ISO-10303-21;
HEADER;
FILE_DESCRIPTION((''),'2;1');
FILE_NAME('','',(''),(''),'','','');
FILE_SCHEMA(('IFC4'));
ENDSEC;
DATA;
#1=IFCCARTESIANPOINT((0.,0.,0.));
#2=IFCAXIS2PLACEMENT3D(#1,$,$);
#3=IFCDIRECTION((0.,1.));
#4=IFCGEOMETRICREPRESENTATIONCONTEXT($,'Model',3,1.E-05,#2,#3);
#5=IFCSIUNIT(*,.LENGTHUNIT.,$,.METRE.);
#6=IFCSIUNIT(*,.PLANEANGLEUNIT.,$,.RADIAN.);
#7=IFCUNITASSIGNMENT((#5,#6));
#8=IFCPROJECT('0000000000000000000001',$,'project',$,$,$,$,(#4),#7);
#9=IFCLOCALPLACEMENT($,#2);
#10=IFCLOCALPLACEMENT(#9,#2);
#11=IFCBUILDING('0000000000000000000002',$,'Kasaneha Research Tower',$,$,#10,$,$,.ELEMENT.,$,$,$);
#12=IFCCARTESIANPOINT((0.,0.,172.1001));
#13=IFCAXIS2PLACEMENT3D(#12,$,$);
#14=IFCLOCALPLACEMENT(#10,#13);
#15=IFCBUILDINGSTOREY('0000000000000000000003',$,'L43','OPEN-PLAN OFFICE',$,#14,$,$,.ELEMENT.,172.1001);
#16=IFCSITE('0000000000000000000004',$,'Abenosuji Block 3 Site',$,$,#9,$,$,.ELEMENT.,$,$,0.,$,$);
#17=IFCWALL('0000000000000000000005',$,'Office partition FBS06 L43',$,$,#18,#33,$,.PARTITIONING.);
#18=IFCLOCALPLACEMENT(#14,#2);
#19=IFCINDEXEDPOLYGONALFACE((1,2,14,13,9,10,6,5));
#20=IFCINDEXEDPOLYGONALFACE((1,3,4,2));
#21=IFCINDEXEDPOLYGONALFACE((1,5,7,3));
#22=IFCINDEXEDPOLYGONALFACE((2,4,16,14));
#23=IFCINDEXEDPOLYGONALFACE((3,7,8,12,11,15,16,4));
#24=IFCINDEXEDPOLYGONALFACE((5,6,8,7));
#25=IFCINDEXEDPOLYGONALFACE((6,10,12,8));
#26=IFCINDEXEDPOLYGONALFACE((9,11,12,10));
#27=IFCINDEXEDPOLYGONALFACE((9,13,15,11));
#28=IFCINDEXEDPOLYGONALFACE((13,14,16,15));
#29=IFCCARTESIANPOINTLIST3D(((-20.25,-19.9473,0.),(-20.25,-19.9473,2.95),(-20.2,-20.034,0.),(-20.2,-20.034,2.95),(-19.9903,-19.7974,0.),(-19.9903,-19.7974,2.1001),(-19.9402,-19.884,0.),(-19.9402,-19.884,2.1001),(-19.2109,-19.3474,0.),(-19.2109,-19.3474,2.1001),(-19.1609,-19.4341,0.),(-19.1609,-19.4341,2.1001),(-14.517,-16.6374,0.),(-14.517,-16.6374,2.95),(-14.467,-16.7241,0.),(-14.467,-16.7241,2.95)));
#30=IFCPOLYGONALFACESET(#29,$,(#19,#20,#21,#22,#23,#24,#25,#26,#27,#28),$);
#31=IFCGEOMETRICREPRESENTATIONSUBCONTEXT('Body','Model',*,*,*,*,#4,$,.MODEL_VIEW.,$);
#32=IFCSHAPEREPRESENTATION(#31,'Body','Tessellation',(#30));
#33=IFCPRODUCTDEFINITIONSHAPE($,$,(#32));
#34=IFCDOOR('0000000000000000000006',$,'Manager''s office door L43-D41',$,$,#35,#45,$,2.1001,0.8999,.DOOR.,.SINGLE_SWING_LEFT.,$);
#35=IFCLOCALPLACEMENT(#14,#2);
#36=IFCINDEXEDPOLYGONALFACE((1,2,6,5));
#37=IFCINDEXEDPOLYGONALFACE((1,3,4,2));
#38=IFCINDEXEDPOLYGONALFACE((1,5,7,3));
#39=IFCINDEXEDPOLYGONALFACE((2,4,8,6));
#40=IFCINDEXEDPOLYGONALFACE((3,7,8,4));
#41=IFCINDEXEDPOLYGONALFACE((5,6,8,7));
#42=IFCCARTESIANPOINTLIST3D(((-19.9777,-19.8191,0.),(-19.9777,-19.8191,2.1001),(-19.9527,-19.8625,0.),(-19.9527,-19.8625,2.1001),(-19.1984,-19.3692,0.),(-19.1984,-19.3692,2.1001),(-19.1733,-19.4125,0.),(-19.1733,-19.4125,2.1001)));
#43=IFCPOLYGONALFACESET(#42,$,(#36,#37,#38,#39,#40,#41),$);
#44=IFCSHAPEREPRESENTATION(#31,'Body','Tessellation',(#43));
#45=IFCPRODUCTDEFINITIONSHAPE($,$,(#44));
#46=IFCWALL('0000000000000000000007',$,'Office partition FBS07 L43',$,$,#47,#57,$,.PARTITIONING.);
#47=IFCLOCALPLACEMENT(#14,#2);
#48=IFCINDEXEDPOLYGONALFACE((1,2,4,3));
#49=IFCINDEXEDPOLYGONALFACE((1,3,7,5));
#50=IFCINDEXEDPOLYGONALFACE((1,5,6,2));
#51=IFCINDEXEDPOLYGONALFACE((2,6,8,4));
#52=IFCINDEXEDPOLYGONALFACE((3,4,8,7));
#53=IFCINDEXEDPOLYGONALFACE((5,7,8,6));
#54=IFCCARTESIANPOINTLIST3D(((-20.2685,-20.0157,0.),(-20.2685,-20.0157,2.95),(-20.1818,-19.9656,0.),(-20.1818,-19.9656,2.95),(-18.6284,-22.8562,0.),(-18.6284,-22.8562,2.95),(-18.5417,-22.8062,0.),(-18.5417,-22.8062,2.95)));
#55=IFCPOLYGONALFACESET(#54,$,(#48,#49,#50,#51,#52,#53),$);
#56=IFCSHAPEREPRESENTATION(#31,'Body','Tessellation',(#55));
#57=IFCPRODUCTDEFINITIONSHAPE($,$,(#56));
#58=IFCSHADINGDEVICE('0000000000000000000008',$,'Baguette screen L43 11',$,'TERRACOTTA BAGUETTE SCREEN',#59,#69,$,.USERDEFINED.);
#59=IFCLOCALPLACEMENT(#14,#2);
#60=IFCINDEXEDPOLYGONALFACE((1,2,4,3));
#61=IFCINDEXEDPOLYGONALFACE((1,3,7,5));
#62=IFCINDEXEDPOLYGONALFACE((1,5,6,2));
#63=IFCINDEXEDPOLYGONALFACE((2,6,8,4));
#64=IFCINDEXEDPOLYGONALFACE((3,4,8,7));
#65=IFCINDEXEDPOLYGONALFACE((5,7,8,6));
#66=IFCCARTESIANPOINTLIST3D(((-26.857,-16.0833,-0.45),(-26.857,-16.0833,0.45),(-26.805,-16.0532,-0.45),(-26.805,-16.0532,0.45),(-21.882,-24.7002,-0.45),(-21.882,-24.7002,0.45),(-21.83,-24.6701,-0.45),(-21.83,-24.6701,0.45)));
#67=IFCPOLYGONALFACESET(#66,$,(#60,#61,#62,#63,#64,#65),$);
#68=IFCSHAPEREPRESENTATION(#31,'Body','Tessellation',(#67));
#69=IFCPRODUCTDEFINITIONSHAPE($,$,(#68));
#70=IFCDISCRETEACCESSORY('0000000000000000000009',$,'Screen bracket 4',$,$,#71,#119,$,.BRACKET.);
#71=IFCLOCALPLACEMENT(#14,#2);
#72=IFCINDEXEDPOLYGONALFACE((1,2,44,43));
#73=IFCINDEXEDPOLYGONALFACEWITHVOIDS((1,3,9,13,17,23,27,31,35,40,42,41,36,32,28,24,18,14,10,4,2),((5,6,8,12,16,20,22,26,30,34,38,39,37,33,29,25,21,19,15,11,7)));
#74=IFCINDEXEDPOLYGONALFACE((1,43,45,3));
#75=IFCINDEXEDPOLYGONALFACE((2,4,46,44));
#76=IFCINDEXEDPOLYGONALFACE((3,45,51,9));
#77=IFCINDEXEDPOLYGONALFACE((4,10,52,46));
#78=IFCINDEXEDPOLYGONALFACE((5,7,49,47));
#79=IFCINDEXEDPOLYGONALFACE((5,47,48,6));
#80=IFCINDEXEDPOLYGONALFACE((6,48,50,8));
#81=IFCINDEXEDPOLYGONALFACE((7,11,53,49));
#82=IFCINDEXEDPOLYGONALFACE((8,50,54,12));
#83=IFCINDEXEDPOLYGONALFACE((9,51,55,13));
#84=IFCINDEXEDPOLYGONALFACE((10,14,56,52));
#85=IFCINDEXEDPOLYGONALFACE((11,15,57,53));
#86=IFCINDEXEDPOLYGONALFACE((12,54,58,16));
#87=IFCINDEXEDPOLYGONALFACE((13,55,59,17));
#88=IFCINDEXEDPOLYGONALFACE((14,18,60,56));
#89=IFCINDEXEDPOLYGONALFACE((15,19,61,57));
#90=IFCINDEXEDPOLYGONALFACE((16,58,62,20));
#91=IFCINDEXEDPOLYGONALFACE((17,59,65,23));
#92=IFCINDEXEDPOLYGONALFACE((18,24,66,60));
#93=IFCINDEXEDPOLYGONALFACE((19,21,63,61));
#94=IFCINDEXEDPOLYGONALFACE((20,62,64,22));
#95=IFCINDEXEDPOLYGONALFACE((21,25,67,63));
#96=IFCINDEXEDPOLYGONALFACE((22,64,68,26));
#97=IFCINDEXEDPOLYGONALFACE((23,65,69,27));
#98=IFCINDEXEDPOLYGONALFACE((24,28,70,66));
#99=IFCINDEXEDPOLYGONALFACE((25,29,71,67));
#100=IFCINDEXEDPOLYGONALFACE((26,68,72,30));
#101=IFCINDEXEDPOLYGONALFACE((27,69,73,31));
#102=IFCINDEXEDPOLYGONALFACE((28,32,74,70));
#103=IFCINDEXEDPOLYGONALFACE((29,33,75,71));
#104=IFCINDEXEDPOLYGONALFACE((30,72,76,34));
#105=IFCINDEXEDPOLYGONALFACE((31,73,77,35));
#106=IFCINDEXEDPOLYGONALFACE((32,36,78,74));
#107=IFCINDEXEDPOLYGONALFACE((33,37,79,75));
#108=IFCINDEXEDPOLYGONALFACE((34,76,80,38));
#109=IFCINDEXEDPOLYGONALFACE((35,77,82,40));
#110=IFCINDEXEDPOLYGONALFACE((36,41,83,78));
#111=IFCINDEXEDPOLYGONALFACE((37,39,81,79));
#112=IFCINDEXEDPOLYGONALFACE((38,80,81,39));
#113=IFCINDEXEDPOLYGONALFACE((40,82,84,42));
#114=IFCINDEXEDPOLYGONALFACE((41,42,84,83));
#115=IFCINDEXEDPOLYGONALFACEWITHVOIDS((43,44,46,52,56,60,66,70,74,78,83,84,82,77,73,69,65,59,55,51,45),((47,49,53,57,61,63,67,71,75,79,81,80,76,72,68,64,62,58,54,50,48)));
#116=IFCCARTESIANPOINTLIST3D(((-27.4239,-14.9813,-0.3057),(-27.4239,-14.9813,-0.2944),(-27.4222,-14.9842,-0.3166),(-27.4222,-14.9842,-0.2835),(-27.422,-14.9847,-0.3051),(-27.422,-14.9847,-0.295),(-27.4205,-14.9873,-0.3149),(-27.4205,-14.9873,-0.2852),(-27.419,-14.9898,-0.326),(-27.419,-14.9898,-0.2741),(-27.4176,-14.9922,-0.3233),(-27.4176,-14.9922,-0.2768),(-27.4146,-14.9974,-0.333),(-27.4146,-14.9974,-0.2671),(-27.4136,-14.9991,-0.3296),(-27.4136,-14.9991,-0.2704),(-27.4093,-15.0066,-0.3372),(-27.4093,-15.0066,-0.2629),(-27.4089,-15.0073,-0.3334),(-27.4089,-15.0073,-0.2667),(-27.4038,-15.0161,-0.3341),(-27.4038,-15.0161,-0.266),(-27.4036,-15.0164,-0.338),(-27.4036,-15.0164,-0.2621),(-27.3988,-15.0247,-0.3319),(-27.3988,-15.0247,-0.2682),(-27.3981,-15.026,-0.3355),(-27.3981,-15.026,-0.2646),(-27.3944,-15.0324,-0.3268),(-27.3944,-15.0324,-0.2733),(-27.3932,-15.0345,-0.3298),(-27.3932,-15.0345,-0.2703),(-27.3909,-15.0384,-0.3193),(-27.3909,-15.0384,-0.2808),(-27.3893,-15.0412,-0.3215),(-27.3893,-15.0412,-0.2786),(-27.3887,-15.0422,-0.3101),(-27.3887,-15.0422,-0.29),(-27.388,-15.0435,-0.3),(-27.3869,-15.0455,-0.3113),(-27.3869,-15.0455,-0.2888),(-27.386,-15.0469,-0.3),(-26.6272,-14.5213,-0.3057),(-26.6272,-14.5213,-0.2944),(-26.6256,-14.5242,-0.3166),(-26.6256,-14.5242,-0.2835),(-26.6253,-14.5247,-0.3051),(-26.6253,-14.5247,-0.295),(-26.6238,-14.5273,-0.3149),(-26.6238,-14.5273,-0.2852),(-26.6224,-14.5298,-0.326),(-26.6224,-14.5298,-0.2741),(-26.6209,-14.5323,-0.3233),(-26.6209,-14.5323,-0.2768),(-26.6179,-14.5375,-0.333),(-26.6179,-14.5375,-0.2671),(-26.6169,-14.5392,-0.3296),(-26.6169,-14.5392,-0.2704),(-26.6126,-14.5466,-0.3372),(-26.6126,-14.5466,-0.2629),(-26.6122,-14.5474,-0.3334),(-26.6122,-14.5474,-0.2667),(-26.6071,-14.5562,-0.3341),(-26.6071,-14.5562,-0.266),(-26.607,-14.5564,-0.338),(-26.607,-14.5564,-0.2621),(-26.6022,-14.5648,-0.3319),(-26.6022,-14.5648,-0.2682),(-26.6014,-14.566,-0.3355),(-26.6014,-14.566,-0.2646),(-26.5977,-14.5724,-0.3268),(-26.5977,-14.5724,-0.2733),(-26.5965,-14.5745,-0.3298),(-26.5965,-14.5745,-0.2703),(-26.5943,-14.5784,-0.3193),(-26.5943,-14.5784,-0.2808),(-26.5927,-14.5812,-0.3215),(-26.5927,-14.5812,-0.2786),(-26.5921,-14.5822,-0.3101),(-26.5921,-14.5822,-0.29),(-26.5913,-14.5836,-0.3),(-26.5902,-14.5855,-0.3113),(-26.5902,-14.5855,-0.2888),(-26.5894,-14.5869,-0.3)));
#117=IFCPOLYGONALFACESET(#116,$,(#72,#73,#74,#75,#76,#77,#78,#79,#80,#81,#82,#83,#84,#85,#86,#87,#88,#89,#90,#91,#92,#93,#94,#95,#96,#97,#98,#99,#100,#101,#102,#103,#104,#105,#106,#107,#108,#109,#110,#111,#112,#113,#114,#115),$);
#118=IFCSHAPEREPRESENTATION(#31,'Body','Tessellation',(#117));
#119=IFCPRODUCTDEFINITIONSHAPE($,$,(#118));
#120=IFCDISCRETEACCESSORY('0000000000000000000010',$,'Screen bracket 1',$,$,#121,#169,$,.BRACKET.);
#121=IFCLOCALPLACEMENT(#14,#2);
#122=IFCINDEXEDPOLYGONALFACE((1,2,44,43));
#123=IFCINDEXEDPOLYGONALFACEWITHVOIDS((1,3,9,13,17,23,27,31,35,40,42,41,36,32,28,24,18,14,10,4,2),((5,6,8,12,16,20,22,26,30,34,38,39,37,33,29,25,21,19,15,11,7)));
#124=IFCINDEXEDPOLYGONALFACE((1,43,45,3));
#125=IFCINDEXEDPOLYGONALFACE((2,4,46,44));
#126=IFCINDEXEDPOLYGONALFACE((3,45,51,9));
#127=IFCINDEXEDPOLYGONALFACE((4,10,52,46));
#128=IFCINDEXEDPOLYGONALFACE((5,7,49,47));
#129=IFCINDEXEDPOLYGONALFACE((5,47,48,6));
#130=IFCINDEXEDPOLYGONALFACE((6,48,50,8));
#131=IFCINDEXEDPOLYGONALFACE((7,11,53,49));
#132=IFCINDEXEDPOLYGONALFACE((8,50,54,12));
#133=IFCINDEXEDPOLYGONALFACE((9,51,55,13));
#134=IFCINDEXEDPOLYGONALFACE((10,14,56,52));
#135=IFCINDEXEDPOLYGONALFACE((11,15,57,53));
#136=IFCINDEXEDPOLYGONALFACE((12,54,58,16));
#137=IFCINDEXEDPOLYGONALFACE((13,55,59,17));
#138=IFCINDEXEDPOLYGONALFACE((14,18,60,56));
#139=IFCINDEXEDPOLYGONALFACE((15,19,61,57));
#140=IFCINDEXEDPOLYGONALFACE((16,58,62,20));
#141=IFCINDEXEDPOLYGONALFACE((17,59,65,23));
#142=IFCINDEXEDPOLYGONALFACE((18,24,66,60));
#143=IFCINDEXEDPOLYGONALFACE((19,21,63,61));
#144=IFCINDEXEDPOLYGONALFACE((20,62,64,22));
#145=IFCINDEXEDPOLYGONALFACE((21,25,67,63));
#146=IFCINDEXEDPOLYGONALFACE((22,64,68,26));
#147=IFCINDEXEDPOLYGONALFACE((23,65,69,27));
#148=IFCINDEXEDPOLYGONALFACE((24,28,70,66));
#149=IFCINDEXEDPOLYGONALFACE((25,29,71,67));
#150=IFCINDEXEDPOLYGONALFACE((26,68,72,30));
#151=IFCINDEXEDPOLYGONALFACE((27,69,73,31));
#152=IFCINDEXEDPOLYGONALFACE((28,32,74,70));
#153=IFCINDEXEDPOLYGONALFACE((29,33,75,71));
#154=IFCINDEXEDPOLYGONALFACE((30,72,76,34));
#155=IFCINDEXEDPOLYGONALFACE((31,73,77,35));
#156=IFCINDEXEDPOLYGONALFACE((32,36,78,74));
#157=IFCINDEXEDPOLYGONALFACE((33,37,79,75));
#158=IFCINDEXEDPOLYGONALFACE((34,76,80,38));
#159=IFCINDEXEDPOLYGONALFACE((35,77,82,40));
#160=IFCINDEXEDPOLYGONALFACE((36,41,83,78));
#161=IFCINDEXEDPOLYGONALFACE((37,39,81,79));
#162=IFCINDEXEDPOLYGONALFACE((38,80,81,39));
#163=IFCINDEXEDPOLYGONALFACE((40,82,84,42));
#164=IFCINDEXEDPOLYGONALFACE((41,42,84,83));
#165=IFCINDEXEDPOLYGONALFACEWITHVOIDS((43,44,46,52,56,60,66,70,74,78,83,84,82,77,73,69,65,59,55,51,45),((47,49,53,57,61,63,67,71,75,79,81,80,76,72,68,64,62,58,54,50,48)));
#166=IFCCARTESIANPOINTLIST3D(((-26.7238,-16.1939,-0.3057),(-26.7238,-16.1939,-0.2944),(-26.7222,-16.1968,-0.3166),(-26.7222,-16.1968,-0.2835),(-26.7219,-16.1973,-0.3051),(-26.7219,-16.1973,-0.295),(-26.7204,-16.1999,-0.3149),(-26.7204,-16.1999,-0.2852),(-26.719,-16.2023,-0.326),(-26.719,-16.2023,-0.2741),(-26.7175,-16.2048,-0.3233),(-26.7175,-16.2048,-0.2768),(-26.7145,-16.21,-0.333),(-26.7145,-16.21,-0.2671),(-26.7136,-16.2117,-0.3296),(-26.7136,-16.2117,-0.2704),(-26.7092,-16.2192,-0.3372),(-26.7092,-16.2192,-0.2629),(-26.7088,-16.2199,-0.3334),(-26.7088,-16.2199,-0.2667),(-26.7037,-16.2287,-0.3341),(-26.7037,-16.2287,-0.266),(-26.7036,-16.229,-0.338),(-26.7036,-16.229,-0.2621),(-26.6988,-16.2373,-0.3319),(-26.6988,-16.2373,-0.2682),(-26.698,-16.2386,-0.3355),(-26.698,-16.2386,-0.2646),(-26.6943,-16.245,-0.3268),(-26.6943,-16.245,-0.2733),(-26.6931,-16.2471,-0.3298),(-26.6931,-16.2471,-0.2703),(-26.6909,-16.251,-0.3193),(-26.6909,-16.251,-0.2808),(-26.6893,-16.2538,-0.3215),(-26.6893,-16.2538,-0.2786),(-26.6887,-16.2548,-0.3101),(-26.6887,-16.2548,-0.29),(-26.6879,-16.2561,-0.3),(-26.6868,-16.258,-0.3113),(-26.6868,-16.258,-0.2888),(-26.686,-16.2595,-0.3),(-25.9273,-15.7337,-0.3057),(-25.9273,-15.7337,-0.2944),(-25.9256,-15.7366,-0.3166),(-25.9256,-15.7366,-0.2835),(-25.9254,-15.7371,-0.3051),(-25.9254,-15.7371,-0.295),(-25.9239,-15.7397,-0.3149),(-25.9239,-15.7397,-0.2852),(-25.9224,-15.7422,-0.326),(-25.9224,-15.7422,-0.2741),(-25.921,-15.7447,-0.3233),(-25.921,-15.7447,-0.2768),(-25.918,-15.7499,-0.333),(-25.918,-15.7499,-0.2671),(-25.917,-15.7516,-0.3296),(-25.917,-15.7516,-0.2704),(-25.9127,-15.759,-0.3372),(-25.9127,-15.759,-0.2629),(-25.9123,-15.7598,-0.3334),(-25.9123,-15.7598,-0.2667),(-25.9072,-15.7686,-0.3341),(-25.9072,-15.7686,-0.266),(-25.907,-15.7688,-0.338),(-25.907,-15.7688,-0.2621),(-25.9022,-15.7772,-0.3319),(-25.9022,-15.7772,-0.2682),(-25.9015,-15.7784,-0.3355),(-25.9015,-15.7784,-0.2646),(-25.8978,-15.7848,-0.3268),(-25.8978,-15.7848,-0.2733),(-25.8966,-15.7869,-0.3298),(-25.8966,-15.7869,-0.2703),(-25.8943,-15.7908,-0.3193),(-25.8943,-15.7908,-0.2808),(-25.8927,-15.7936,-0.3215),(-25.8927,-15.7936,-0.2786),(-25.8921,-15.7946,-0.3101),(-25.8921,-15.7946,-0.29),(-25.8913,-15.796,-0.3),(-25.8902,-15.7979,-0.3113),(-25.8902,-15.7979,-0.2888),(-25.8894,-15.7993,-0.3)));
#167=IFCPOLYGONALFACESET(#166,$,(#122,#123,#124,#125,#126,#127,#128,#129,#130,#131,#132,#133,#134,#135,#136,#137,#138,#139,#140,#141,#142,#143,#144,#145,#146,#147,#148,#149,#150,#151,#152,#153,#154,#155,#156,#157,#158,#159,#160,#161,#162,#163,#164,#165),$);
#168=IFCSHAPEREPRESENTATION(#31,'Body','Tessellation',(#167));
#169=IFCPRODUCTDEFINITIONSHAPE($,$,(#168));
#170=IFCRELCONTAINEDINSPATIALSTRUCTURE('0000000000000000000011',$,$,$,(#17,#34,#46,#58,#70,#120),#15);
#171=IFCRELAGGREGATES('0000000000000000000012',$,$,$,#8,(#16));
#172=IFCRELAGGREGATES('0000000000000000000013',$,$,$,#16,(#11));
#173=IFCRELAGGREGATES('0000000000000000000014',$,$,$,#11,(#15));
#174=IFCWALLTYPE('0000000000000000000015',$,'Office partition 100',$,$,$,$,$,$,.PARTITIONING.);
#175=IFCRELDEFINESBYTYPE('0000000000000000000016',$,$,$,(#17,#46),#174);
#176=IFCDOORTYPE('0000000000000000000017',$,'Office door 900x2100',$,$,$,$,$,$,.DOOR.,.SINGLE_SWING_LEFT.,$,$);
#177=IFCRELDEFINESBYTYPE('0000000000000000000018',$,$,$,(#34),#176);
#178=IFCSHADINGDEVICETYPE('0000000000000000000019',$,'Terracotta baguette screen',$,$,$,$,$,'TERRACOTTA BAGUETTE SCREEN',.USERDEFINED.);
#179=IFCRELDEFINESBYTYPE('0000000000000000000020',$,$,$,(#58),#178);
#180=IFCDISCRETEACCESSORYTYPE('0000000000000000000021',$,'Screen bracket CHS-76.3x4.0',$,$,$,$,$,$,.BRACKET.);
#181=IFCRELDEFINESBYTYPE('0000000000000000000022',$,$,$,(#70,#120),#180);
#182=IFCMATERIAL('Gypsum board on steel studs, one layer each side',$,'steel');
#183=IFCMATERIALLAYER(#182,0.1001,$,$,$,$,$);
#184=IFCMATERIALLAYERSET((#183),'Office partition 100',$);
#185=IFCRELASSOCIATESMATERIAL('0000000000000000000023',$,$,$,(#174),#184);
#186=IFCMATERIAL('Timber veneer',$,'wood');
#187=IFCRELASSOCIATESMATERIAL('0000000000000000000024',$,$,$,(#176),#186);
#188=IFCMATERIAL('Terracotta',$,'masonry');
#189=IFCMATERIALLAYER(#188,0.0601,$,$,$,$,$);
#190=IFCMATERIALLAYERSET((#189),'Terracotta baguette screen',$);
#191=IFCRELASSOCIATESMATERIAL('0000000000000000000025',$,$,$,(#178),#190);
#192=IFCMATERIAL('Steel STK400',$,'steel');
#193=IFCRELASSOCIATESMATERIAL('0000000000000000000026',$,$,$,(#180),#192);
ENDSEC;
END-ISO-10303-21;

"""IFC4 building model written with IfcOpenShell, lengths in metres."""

from ifc_helpers import new_model, si_unit, direction, frame, frame_2d, origin, origin_2d, place, context, subcontext, project, spatial, rectangle, hollow_circle, extrude, material, layer, layer_set, material_profile, profile_set, type_object, element, fill, save


model = new_model("IFC4")

# Units and contexts
model_context = context("Model", 3, precision=1e-05, world=origin(), true_north=direction((0.0, 1.0)))
body_context = subcontext(model_context, "Body", "Model", "MODEL_VIEW")
ifc_project = project(units=[si_unit("LENGTHUNIT", "METRE"), si_unit("PLANEANGLEUNIT", "RADIAN")], contexts=[model_context])

# Site, building, storey
site_placement = place(None, origin())
site = spatial("IfcSite", under=ifc_project, at=site_placement, Name="Abenosuji Block 3 Site", CompositionType="ELEMENT", RefElevation=0.0)
building_placement = place(site_placement, origin())
building = spatial("IfcBuilding", under=site, at=building_placement, Name="Kasaneha Research Tower", CompositionType="ELEMENT")
storey_placement = place(building_placement, frame((0.0, 0.0, 172.1001)))
storey = spatial("IfcBuildingStorey", under=building, at=storey_placement, Name="L43", Description="OPEN-PLAN OFFICE", CompositionType="ELEMENT", Elevation=172.1001)

# Wall, opening, door
ifc_material_1 = material(Name="Gypsum board on steel studs, one layer each side", Category="steel")
ifc_layer_1 = layer(ifc_material_1, 0.1001)
ifc_layer_set_1 = layer_set([ifc_layer_1], Name="Office partition 100")
wall_type = type_object("IfcWallType", Name="Office partition 100", PredefinedType="PARTITIONING", material=ifc_layer_set_1)
wall_1_placement = place(storey_placement, frame((-20.2251, -19.9907, 0.0), z_axis=(0.0, 0.0, 1.0), x_axis=(0.866031, 0.499991, 0.0)))
wall_1 = element("IfcWall", 1, at=wall_1_placement, inside=storey, type_object=wall_type, Name="Office partition FBS06 L43", PredefinedType="PARTITIONING", context=body_context, shape_type="SweptSolid", body=[
    extrude(rectangle(XDim=6.6199, YDim=0.1001, at=frame_2d((3.3101, 0.0))), origin(), (0.0, 0.0, 1.0), 2.95),
])
opening_placement = place(wall_1_placement, frame((0.3, 0.0, 0.0)))
opening = element("IfcOpeningElement", 2, at=opening_placement, cuts=wall_1, PredefinedType="OPENING", context=body_context, shape_type="SweptSolid", body=[
    extrude(rectangle(XDim=0.8999, YDim=2.1001, at=frame_2d((0.45, 1.05))), frame((0.0, 0.0601, 0.0), z_axis=(0.0, -1.0, 0.0), x_axis=(1.0, 0.0, 0.0)), (0.0, 0.0, 1.0), 0.1201),
])
ifc_material_2 = material(Name="Timber veneer", Category="wood")
door_type = type_object("IfcDoorType", Name="Office door 900x2100", OperationType="SINGLE_SWING_LEFT", PredefinedType="DOOR", material=ifc_material_2)
door_placement = place(opening_placement, origin())
door = element("IfcDoor", 3, at=door_placement, inside=storey, type_object=door_type, Name="Manager's office door L43-D41", OperationType="SINGLE_SWING_LEFT", OverallHeight=2.1001, OverallWidth=0.8999, PredefinedType="DOOR", context=body_context, shape_type="SweptSolid", body=[
    extrude(rectangle(XDim=0.8999, YDim=2.1001, at=frame_2d((0.45, 1.05))), frame((0.0, 0.0249, 0.0), z_axis=(0.0, -1.0, 0.0), x_axis=(1.0, 0.0, 0.0)), (0.0, 0.0, 1.0), 0.05),
])
fill(opening, door)

# Wall
wall_2_placement = place(storey_placement, frame((-18.585, -22.8313, 0.0), z_axis=(0.0, 0.0, 1.0), x_axis=(-0.50003, 0.866008, 0.0)))
element("IfcWall", 4, at=wall_2_placement, inside=storey, type_object=wall_type, Name="Office partition FBS07 L43", PredefinedType="PARTITIONING", context=body_context, shape_type="SweptSolid", body=[
    extrude(rectangle(XDim=3.28, YDim=0.1001, at=frame_2d((1.6401, 0.0))), origin(), (0.0, 0.0, 1.0), 2.95),
])

# Shading device
ifc_material_3 = material(Name="Terracotta", Category="masonry")
ifc_layer_2 = layer(ifc_material_3, 0.0601)
ifc_layer_set_2 = layer_set([ifc_layer_2], Name="Terracotta baguette screen")
shading_device_type = type_object("IfcShadingDeviceType", Name="Terracotta baguette screen", ElementType="TERRACOTTA BAGUETTE SCREEN", PredefinedType="USERDEFINED", material=ifc_layer_set_2)
shading_device_placement = place(storey_placement, frame((-24.3435, -20.3767, -0.45), z_axis=(0.0, 0.0, 1.0), x_axis=(0.5, -0.866025, 0.0)))
element("IfcShadingDevice", 5, at=shading_device_placement, inside=storey, type_object=shading_device_type, Name="Baguette screen L43 11", ObjectType="TERRACOTTA BAGUETTE SCREEN", PredefinedType="USERDEFINED", context=body_context, shape_type="SweptSolid", body=[
    extrude(rectangle(XDim=9.95, YDim=0.0601, at=origin_2d()), origin(), (0.0, 0.0, 1.0), 0.8999),
])

# Discrete accessories
ifc_material_4 = material(Name="Steel STK400", Category="steel")
ifc_material_profile_1 = material_profile(ifc_material_4, hollow_circle(Radius=0.0381, WallThickness=0.0039, at=origin_2d()), Name="CHS-76.3x4.0")
ifc_profile_set_1 = profile_set([ifc_material_profile_1], Name="Steel STK400")
discrete_accessory_type = type_object("IfcDiscreteAccessoryType", Name="Screen bracket CHS-76.3x4.0", PredefinedType="BRACKET", material=ifc_profile_set_1)
for number, where, z_axis, x_axis, name in (
    (6, (-26.6084, -14.554, -0.3), (-0.866013, -0.500021, 0.0), (0.500021, -0.866013, 0.0), "Screen bracket 4"),
    (7, (-25.9084, -15.7664, -0.3), (-0.865898, -0.50022, 0.0), (0.50022, -0.865898, 0.0), "Screen bracket 1"),
):
    element("IfcDiscreteAccessory", number, at=place(storey_placement, frame(where, z_axis=z_axis, x_axis=x_axis)), inside=storey, type_object=discrete_accessory_type, Name=name, PredefinedType="BRACKET", context=body_context, shape_type="SweptSolid", body=[
        extrude(hollow_circle(Radius=0.0381, WallThickness=0.0039, at=origin_2d()), origin(), (0.0, 0.0, 1.0), 0.9199),
    ])

save(model, "model.ifc")
